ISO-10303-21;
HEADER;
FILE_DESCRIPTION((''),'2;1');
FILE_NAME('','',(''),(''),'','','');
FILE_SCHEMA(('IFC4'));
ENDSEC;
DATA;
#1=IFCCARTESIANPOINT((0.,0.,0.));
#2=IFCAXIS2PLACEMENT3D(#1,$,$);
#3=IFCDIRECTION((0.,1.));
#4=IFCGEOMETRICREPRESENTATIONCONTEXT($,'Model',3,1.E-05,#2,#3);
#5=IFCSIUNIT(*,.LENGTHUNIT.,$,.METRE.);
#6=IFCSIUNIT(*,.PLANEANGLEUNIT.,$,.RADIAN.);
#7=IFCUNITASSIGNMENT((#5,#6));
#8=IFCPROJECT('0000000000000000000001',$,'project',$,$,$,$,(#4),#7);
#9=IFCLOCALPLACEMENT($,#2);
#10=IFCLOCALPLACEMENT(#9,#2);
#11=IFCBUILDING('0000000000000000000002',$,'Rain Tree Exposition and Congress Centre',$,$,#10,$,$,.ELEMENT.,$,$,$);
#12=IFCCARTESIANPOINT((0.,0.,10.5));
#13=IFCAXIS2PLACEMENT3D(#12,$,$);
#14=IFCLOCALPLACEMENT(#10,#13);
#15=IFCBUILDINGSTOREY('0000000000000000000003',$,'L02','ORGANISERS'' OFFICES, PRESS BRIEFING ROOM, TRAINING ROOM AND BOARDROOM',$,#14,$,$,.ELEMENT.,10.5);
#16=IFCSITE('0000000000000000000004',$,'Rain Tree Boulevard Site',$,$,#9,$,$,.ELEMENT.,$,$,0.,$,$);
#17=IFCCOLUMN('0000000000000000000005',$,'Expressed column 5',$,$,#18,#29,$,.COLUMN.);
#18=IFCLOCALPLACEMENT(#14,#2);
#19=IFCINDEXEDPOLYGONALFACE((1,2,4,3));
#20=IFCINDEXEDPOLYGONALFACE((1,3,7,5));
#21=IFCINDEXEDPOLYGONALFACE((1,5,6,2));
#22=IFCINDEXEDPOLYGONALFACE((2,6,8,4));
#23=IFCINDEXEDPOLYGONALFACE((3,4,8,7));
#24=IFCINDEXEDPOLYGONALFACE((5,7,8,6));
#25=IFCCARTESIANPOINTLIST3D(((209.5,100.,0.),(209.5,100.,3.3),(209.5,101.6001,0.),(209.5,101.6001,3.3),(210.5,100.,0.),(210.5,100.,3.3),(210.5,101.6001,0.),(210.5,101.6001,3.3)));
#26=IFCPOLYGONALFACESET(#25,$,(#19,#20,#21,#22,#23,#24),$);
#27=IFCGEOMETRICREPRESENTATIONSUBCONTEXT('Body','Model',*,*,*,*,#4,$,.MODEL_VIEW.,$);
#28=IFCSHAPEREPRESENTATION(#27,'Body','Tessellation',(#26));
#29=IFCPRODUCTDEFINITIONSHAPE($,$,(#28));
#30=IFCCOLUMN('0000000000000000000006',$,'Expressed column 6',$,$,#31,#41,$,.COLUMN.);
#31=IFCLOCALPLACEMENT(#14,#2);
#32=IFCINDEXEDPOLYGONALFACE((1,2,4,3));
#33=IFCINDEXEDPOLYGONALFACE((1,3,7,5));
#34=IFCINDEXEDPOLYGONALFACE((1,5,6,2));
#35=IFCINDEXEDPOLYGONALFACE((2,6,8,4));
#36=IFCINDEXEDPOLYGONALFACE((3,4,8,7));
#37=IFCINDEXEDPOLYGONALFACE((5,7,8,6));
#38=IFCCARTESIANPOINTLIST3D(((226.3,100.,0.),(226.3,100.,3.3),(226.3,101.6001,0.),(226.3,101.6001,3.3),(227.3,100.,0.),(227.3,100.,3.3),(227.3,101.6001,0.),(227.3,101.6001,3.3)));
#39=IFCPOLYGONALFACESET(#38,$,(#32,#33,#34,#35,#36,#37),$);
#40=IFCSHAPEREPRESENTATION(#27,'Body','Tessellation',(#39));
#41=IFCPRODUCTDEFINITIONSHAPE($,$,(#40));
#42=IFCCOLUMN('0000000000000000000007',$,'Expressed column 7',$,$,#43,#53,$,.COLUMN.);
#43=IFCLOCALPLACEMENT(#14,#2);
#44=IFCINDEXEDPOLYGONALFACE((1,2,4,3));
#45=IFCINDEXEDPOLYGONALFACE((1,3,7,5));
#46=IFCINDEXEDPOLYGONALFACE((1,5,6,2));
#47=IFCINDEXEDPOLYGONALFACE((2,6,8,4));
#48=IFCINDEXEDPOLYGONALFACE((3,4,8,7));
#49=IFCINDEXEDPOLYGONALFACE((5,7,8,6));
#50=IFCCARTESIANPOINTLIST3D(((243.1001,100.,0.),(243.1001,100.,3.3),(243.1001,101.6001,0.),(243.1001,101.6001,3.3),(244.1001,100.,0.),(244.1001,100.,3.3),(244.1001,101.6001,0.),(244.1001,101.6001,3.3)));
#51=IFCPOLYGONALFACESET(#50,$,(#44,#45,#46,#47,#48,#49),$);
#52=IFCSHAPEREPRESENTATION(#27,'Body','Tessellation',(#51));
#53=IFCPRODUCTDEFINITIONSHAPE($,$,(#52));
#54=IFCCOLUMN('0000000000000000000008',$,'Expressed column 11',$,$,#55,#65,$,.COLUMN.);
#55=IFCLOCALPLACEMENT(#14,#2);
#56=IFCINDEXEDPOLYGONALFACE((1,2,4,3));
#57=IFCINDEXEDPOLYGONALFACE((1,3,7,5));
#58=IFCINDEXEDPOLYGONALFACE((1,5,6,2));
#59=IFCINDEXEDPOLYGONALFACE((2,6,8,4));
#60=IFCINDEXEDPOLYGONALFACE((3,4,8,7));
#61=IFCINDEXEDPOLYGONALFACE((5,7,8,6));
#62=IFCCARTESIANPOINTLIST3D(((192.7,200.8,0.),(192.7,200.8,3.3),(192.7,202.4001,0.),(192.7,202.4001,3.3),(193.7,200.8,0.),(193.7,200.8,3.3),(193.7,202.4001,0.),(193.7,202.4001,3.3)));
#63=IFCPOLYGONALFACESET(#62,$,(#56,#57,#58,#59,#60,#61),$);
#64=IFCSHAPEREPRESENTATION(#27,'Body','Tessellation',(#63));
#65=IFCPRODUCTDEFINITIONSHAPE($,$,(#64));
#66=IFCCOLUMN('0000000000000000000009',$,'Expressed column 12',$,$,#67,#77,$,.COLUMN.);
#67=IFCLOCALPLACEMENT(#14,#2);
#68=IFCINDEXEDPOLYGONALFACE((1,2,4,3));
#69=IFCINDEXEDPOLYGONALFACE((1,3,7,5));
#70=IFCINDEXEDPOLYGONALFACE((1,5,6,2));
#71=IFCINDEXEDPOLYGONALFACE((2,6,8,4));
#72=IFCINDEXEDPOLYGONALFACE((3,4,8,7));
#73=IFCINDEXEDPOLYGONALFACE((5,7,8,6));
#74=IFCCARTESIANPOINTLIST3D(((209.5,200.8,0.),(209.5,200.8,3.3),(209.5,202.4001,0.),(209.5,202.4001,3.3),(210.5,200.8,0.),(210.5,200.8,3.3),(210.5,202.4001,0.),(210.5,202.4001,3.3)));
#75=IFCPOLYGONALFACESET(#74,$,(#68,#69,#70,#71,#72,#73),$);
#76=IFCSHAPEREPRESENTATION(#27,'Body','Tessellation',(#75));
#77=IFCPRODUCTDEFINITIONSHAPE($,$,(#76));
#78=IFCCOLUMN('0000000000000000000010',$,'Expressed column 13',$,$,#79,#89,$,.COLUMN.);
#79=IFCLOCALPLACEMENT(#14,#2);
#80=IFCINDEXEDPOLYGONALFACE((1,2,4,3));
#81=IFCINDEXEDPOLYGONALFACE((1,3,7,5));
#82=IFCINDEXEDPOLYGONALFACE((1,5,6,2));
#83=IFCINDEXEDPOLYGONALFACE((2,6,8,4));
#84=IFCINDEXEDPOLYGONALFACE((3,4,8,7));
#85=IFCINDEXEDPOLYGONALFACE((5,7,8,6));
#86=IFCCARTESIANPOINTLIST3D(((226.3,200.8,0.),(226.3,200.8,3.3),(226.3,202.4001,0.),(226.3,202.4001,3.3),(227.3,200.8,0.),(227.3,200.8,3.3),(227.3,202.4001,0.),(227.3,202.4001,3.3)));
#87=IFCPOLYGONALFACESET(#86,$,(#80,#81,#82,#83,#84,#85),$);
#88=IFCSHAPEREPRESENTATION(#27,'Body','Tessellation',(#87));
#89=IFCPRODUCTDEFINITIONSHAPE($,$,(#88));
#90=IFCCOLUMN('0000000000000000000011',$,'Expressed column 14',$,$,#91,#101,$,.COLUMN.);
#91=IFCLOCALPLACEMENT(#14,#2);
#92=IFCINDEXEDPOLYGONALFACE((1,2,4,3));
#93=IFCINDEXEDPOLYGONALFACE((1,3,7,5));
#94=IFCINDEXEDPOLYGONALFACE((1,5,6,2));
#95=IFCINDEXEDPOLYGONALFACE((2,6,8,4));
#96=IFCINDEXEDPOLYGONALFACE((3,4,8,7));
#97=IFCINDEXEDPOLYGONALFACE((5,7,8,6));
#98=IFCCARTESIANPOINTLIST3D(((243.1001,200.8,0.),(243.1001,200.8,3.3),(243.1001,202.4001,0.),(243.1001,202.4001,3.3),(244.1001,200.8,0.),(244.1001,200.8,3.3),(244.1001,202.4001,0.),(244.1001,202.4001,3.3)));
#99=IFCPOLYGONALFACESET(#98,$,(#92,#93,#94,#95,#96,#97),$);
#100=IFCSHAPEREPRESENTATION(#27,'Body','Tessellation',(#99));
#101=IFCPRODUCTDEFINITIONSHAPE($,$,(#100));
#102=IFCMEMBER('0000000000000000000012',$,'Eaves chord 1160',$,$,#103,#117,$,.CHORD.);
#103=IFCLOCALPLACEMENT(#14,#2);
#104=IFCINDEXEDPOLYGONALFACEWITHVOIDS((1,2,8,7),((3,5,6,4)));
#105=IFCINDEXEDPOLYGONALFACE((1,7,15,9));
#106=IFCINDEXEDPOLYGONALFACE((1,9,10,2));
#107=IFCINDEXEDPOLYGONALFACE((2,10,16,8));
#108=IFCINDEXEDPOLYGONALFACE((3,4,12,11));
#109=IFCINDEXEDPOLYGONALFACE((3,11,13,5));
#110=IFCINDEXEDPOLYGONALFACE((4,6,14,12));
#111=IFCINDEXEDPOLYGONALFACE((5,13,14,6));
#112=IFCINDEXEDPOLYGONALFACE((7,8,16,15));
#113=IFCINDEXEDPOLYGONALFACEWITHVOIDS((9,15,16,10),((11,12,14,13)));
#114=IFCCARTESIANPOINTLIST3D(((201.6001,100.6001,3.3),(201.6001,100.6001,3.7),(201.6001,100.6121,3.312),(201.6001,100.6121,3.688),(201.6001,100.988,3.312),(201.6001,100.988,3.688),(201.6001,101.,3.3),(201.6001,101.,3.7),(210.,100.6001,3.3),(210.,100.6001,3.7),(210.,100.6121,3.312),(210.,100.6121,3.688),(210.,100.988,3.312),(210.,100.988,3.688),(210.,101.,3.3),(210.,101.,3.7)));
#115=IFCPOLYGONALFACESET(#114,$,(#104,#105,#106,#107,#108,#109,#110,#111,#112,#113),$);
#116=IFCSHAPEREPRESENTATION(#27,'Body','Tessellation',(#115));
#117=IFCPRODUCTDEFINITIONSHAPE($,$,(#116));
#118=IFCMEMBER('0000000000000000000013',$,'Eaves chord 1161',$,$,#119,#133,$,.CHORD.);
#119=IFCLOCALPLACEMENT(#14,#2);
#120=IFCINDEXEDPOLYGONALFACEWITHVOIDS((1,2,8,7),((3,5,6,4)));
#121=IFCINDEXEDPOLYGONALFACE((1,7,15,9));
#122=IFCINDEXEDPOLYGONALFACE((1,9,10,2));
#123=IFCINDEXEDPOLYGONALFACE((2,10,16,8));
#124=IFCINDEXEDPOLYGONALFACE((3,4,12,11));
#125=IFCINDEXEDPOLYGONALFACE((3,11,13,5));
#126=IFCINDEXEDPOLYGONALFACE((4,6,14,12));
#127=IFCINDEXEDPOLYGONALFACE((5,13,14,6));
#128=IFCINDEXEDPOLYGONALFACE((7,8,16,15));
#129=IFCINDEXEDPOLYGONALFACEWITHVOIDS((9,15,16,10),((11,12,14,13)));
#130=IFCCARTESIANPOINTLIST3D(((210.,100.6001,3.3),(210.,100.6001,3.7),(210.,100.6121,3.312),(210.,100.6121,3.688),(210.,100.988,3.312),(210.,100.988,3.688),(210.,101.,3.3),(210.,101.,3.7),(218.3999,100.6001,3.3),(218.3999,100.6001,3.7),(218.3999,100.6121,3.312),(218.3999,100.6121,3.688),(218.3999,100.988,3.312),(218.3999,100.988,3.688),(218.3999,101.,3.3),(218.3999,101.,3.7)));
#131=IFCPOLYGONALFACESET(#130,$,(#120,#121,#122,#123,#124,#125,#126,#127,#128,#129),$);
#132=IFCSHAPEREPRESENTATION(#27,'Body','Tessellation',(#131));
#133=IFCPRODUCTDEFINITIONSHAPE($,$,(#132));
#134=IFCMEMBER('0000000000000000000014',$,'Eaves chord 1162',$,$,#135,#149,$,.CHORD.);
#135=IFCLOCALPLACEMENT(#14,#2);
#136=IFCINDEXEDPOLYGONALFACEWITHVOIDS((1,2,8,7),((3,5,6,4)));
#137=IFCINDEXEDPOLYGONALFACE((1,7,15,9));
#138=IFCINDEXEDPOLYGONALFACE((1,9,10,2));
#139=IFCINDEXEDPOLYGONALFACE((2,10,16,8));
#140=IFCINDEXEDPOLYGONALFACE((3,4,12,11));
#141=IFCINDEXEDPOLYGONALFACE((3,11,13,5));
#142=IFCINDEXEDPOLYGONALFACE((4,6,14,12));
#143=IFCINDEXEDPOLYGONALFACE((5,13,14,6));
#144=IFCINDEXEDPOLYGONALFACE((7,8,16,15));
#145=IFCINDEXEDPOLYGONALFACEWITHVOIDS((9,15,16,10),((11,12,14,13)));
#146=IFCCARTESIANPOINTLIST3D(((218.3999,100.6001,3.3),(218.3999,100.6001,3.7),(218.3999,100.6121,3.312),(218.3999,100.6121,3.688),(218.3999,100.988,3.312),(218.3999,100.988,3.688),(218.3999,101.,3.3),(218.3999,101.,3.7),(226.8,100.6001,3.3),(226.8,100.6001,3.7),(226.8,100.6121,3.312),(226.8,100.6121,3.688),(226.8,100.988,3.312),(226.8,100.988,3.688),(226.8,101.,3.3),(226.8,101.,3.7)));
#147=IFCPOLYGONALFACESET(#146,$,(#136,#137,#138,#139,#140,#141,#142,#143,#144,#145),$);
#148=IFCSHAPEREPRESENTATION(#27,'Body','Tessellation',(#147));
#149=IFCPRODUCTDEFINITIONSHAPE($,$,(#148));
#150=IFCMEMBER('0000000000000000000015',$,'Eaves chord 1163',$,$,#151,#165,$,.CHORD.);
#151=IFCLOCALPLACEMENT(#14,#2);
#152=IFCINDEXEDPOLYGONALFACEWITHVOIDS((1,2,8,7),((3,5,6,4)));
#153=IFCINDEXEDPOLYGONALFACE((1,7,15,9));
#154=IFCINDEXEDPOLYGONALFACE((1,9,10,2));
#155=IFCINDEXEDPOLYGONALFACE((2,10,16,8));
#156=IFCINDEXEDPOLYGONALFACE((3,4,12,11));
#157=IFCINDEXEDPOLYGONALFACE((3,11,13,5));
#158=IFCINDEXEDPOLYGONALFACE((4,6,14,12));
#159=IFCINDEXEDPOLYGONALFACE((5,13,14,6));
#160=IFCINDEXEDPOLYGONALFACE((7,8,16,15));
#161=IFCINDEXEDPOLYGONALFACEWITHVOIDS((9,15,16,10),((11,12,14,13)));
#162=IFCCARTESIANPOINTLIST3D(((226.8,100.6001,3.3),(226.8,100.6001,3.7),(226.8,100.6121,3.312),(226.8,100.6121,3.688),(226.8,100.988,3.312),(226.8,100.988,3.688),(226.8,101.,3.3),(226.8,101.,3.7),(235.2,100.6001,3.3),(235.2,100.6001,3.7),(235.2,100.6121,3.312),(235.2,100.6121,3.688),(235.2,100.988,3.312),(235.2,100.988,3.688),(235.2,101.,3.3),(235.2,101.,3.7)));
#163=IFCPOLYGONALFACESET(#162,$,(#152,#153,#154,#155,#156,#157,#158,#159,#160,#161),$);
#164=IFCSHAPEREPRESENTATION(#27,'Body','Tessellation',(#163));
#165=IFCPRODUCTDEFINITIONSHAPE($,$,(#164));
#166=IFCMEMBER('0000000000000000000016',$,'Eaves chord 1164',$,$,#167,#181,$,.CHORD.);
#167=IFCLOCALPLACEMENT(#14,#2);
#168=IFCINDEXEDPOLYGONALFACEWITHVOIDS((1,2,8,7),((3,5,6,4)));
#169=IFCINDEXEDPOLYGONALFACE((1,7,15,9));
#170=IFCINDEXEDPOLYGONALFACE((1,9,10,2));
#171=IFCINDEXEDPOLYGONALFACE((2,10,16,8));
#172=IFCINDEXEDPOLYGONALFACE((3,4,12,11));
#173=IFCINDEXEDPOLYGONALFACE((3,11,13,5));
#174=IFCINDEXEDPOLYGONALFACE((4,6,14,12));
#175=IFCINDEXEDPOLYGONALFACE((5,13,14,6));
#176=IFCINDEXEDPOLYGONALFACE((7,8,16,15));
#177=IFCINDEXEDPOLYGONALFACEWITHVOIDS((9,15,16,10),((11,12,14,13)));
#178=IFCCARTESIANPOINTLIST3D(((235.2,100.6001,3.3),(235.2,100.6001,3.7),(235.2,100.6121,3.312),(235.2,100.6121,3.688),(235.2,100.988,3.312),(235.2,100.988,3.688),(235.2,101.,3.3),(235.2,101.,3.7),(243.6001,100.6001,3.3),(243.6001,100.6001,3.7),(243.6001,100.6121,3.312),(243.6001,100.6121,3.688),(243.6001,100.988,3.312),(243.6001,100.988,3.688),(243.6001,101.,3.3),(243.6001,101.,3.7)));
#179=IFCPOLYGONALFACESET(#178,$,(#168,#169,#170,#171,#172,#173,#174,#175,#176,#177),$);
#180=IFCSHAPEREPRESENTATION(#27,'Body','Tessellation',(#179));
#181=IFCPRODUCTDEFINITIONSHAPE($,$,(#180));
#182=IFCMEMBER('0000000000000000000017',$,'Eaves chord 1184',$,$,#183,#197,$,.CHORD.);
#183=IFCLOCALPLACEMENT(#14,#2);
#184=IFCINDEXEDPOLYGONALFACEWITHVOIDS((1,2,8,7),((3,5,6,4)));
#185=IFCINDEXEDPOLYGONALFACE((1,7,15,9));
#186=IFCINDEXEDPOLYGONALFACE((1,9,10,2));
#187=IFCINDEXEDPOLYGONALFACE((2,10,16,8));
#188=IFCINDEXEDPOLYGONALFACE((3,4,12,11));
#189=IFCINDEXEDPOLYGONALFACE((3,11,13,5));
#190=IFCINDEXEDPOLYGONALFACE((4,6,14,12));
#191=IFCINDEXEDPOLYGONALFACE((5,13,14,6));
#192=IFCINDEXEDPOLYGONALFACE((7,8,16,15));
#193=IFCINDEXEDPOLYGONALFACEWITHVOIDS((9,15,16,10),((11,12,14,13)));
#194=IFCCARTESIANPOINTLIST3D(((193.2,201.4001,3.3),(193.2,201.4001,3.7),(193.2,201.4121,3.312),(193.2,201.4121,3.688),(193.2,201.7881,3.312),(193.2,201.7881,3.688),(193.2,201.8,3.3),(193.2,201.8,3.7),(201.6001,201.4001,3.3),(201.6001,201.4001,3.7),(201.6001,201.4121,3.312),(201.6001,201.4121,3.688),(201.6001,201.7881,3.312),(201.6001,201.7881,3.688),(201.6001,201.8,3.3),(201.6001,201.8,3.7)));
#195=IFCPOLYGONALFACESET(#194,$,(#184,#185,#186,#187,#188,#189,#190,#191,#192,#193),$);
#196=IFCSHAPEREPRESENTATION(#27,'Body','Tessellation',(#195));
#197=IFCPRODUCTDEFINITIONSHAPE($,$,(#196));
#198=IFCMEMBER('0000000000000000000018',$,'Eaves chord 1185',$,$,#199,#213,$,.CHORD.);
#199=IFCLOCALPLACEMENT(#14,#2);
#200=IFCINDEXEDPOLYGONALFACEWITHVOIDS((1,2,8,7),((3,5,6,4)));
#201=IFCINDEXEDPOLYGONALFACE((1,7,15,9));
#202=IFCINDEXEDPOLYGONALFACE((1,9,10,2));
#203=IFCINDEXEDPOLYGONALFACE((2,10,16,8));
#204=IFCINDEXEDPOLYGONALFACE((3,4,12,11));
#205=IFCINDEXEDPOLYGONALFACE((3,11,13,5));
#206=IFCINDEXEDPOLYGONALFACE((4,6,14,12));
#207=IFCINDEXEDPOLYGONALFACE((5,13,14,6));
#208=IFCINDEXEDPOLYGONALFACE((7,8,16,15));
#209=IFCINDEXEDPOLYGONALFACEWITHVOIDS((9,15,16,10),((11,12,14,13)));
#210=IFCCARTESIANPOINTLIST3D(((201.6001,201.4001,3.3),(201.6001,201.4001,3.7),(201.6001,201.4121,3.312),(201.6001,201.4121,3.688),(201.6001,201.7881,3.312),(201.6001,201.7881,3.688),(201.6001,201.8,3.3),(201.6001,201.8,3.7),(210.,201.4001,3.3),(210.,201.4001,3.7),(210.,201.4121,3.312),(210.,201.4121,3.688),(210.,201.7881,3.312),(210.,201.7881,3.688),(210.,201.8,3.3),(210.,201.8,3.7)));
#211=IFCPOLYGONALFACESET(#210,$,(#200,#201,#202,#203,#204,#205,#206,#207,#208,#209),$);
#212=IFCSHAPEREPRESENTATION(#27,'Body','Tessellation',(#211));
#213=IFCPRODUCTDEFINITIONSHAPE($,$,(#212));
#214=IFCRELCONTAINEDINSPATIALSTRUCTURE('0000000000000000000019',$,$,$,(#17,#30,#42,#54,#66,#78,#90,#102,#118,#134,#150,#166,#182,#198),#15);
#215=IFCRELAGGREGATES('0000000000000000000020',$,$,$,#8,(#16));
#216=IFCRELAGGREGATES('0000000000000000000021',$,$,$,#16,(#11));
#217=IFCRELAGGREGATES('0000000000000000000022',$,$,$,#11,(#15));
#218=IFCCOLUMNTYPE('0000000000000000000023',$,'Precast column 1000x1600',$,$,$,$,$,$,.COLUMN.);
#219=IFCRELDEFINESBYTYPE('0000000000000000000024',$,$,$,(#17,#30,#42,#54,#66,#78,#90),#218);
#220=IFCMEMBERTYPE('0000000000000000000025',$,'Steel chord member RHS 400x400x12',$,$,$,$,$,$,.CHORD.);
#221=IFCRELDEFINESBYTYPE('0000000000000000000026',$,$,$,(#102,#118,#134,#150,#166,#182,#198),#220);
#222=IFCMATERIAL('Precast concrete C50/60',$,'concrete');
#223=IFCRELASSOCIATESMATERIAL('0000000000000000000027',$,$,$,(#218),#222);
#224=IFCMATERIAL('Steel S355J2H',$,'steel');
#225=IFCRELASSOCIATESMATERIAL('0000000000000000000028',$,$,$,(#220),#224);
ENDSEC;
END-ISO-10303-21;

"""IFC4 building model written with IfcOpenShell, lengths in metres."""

from ifc_helpers import new_model, si_unit, direction, frame, origin, origin_2d, place, context, subcontext, project, spatial, rectangle, hollow_rectangle, extrude, material, material_profile, profile_set, type_object, element, save


model = new_model("IFC4")

# Units and contexts
model_context = context("Model", 3, precision=1e-05, world=origin(), true_north=direction((0.0, 1.0)))
body_context = subcontext(model_context, "Body", "Model", "MODEL_VIEW")
ifc_project = project(units=[si_unit("LENGTHUNIT", "METRE"), si_unit("PLANEANGLEUNIT", "RADIAN")], contexts=[model_context])

# Site, building, storey
site_placement = place(None, origin())
site = spatial("IfcSite", under=ifc_project, at=site_placement, Name="Rain Tree Boulevard Site", CompositionType="ELEMENT", RefElevation=0.0)
building_placement = place(site_placement, origin())
building = spatial("IfcBuilding", under=site, at=building_placement, Name="Rain Tree Exposition and Congress Centre", CompositionType="ELEMENT")
storey_placement = place(building_placement, frame((0.0, 0.0, 10.5)))
storey = spatial("IfcBuildingStorey", under=building, at=storey_placement, Name="L02", Description="ORGANISERS' OFFICES, PRESS BRIEFING ROOM, TRAINING ROOM AND BOARDROOM", CompositionType="ELEMENT", Elevation=10.5)

# Columns
ifc_material_1 = material(Name="Precast concrete C50/60", Category="concrete")
ifc_material_profile_1 = material_profile(ifc_material_1, rectangle(XDim=1.0, YDim=1.6001, at=origin_2d()), Name="RC 1000x1600")
ifc_profile_set_1 = profile_set([ifc_material_profile_1], Name="Precast concrete C50/60")
column_type = type_object("IfcColumnType", Name="Precast column 1000x1600", PredefinedType="COLUMN", material=ifc_profile_set_1)
for number, where, z_axis, x_axis, name in (
    (1, (210.0, 100.8, 0.0), (0.0, 0.0, 1.0), (1.0, 0.0, 0.0), "Expressed column 5"),
    (2, (226.8, 100.8, 0.0), (0.0, 0.0, 1.0), (1.0, 0.0, 0.0), "Expressed column 6"),
    (3, (243.6001, 100.8, 0.0), (0.0, 0.0, 1.0), (1.0, 0.0, 0.0), "Expressed column 7"),
    (4, (193.2, 201.6001, 0.0), (0.0, 0.0, 1.0), (1.0, 0.0, 0.0), "Expressed column 11"),
    (5, (210.0, 201.6001, 0.0), (0.0, 0.0, 1.0), (1.0, 0.0, 0.0), "Expressed column 12"),
    (6, (226.8, 201.6001, 0.0), (0.0, 0.0, 1.0), (1.0, 0.0, 0.0), "Expressed column 13"),
    (7, (243.6001, 201.6001, 0.0), (0.0, 0.0, 1.0), (1.0, 0.0, 0.0), "Expressed column 14"),
):
    element("IfcColumn", number, at=place(storey_placement, frame(where, z_axis=z_axis, x_axis=x_axis)), inside=storey, type_object=column_type, Name=name, PredefinedType="COLUMN", context=body_context, shape_type="SweptSolid", body=[
        extrude(rectangle(XDim=1.0, YDim=1.6001, at=origin_2d()), origin(), (0.0, 0.0, 1.0), 3.3),
    ])

# Members
ifc_material_2 = material(Name="Steel S355J2H", Category="steel")
ifc_material_profile_2 = material_profile(ifc_material_2, hollow_rectangle(XDim=0.3999, YDim=0.3999, WallThickness=0.012, at=origin_2d()), Name="RHS 400x400x12")
ifc_profile_set_2 = profile_set([ifc_material_profile_2], Name="Steel S355J2H")
member_type_1 = type_object("IfcMemberType", Name="Steel chord member RHS 400x400x12", PredefinedType="CHORD", material=ifc_profile_set_2)
for number, where, z_axis, x_axis, name in (
    (8, (201.6001, 100.8, 3.5), (1.0, 0.0, 0.0), (0.0, 1.0, 0.0), "Eaves chord 1160"),
    (9, (210.0, 100.8, 3.5), (1.0, 0.0, 0.0), (0.0, 1.0, 0.0), "Eaves chord 1161"),
):
    element("IfcMember", number, at=place(storey_placement, frame(where, z_axis=z_axis, x_axis=x_axis)), inside=storey, type_object=member_type_1, Name=name, PredefinedType="CHORD", context=body_context, shape_type="SweptSolid", body=[
        extrude(hollow_rectangle(XDim=0.3999, YDim=0.3999, WallThickness=0.012, at=origin_2d()), origin(), (0.0, 0.0, 1.0), 8.3999),
    ])
member_1_placement = place(storey_placement, frame((218.3999, 100.8, 3.5), z_axis=(1.0, 0.0, 0.0), x_axis=(0.0, 1.0, 0.0)))
element("IfcMember", 10, at=member_1_placement, inside=storey, type_object=member_type_1, Name="Eaves chord 1162", PredefinedType="CHORD", context=body_context, shape_type="SweptSolid", body=[
    extrude(hollow_rectangle(XDim=0.3999, YDim=0.3999, WallThickness=0.012, at=origin_2d()), origin(), (0.0, 0.0, 1.0), 8.4001),
])
member_2_placement = place(storey_placement, frame((226.8, 100.8, 3.5), z_axis=(1.0, 0.0, 0.0), x_axis=(0.0, 1.0, 0.0)))
element("IfcMember", 11, at=member_2_placement, inside=storey, type_object=member_type_1, Name="Eaves chord 1163", PredefinedType="CHORD", context=body_context, shape_type="SweptSolid", body=[
    extrude(hollow_rectangle(XDim=0.3999, YDim=0.3999, WallThickness=0.012, at=origin_2d()), origin(), (0.0, 0.0, 1.0), 8.3999),
])
for number, where, z_axis, x_axis, name in (
    (12, (235.2, 100.8, 3.5), (1.0, 0.0, 0.0), (0.0, 1.0, 0.0), "Eaves chord 1164"),
    (13, (193.2, 201.6001, 3.5), (1.0, 0.0, 0.0), (0.0, 1.0, 0.0), "Eaves chord 1184"),
):
    element("IfcMember", number, at=place(storey_placement, frame(where, z_axis=z_axis, x_axis=x_axis)), inside=storey, type_object=member_type_1, Name=name, PredefinedType="CHORD", context=body_context, shape_type="SweptSolid", body=[
        extrude(hollow_rectangle(XDim=0.3999, YDim=0.3999, WallThickness=0.012, at=origin_2d()), origin(), (0.0, 0.0, 1.0), 8.4001),
    ])
for number, where, z_axis, x_axis, name in (
    (14, (201.6001, 201.6001, 3.5), (1.0, 0.0, 0.0), (0.0, 1.0, 0.0), "Eaves chord 1185"),
):
    element("IfcMember", number, at=place(storey_placement, frame(where, z_axis=z_axis, x_axis=x_axis)), inside=storey, type_object=member_type_1, Name=name, PredefinedType="CHORD", context=body_context, shape_type="SweptSolid", body=[
        extrude(hollow_rectangle(XDim=0.3999, YDim=0.3999, WallThickness=0.012, at=origin_2d()), origin(), (0.0, 0.0, 1.0), 8.3999),
    ])

save(model, "model.ifc")
